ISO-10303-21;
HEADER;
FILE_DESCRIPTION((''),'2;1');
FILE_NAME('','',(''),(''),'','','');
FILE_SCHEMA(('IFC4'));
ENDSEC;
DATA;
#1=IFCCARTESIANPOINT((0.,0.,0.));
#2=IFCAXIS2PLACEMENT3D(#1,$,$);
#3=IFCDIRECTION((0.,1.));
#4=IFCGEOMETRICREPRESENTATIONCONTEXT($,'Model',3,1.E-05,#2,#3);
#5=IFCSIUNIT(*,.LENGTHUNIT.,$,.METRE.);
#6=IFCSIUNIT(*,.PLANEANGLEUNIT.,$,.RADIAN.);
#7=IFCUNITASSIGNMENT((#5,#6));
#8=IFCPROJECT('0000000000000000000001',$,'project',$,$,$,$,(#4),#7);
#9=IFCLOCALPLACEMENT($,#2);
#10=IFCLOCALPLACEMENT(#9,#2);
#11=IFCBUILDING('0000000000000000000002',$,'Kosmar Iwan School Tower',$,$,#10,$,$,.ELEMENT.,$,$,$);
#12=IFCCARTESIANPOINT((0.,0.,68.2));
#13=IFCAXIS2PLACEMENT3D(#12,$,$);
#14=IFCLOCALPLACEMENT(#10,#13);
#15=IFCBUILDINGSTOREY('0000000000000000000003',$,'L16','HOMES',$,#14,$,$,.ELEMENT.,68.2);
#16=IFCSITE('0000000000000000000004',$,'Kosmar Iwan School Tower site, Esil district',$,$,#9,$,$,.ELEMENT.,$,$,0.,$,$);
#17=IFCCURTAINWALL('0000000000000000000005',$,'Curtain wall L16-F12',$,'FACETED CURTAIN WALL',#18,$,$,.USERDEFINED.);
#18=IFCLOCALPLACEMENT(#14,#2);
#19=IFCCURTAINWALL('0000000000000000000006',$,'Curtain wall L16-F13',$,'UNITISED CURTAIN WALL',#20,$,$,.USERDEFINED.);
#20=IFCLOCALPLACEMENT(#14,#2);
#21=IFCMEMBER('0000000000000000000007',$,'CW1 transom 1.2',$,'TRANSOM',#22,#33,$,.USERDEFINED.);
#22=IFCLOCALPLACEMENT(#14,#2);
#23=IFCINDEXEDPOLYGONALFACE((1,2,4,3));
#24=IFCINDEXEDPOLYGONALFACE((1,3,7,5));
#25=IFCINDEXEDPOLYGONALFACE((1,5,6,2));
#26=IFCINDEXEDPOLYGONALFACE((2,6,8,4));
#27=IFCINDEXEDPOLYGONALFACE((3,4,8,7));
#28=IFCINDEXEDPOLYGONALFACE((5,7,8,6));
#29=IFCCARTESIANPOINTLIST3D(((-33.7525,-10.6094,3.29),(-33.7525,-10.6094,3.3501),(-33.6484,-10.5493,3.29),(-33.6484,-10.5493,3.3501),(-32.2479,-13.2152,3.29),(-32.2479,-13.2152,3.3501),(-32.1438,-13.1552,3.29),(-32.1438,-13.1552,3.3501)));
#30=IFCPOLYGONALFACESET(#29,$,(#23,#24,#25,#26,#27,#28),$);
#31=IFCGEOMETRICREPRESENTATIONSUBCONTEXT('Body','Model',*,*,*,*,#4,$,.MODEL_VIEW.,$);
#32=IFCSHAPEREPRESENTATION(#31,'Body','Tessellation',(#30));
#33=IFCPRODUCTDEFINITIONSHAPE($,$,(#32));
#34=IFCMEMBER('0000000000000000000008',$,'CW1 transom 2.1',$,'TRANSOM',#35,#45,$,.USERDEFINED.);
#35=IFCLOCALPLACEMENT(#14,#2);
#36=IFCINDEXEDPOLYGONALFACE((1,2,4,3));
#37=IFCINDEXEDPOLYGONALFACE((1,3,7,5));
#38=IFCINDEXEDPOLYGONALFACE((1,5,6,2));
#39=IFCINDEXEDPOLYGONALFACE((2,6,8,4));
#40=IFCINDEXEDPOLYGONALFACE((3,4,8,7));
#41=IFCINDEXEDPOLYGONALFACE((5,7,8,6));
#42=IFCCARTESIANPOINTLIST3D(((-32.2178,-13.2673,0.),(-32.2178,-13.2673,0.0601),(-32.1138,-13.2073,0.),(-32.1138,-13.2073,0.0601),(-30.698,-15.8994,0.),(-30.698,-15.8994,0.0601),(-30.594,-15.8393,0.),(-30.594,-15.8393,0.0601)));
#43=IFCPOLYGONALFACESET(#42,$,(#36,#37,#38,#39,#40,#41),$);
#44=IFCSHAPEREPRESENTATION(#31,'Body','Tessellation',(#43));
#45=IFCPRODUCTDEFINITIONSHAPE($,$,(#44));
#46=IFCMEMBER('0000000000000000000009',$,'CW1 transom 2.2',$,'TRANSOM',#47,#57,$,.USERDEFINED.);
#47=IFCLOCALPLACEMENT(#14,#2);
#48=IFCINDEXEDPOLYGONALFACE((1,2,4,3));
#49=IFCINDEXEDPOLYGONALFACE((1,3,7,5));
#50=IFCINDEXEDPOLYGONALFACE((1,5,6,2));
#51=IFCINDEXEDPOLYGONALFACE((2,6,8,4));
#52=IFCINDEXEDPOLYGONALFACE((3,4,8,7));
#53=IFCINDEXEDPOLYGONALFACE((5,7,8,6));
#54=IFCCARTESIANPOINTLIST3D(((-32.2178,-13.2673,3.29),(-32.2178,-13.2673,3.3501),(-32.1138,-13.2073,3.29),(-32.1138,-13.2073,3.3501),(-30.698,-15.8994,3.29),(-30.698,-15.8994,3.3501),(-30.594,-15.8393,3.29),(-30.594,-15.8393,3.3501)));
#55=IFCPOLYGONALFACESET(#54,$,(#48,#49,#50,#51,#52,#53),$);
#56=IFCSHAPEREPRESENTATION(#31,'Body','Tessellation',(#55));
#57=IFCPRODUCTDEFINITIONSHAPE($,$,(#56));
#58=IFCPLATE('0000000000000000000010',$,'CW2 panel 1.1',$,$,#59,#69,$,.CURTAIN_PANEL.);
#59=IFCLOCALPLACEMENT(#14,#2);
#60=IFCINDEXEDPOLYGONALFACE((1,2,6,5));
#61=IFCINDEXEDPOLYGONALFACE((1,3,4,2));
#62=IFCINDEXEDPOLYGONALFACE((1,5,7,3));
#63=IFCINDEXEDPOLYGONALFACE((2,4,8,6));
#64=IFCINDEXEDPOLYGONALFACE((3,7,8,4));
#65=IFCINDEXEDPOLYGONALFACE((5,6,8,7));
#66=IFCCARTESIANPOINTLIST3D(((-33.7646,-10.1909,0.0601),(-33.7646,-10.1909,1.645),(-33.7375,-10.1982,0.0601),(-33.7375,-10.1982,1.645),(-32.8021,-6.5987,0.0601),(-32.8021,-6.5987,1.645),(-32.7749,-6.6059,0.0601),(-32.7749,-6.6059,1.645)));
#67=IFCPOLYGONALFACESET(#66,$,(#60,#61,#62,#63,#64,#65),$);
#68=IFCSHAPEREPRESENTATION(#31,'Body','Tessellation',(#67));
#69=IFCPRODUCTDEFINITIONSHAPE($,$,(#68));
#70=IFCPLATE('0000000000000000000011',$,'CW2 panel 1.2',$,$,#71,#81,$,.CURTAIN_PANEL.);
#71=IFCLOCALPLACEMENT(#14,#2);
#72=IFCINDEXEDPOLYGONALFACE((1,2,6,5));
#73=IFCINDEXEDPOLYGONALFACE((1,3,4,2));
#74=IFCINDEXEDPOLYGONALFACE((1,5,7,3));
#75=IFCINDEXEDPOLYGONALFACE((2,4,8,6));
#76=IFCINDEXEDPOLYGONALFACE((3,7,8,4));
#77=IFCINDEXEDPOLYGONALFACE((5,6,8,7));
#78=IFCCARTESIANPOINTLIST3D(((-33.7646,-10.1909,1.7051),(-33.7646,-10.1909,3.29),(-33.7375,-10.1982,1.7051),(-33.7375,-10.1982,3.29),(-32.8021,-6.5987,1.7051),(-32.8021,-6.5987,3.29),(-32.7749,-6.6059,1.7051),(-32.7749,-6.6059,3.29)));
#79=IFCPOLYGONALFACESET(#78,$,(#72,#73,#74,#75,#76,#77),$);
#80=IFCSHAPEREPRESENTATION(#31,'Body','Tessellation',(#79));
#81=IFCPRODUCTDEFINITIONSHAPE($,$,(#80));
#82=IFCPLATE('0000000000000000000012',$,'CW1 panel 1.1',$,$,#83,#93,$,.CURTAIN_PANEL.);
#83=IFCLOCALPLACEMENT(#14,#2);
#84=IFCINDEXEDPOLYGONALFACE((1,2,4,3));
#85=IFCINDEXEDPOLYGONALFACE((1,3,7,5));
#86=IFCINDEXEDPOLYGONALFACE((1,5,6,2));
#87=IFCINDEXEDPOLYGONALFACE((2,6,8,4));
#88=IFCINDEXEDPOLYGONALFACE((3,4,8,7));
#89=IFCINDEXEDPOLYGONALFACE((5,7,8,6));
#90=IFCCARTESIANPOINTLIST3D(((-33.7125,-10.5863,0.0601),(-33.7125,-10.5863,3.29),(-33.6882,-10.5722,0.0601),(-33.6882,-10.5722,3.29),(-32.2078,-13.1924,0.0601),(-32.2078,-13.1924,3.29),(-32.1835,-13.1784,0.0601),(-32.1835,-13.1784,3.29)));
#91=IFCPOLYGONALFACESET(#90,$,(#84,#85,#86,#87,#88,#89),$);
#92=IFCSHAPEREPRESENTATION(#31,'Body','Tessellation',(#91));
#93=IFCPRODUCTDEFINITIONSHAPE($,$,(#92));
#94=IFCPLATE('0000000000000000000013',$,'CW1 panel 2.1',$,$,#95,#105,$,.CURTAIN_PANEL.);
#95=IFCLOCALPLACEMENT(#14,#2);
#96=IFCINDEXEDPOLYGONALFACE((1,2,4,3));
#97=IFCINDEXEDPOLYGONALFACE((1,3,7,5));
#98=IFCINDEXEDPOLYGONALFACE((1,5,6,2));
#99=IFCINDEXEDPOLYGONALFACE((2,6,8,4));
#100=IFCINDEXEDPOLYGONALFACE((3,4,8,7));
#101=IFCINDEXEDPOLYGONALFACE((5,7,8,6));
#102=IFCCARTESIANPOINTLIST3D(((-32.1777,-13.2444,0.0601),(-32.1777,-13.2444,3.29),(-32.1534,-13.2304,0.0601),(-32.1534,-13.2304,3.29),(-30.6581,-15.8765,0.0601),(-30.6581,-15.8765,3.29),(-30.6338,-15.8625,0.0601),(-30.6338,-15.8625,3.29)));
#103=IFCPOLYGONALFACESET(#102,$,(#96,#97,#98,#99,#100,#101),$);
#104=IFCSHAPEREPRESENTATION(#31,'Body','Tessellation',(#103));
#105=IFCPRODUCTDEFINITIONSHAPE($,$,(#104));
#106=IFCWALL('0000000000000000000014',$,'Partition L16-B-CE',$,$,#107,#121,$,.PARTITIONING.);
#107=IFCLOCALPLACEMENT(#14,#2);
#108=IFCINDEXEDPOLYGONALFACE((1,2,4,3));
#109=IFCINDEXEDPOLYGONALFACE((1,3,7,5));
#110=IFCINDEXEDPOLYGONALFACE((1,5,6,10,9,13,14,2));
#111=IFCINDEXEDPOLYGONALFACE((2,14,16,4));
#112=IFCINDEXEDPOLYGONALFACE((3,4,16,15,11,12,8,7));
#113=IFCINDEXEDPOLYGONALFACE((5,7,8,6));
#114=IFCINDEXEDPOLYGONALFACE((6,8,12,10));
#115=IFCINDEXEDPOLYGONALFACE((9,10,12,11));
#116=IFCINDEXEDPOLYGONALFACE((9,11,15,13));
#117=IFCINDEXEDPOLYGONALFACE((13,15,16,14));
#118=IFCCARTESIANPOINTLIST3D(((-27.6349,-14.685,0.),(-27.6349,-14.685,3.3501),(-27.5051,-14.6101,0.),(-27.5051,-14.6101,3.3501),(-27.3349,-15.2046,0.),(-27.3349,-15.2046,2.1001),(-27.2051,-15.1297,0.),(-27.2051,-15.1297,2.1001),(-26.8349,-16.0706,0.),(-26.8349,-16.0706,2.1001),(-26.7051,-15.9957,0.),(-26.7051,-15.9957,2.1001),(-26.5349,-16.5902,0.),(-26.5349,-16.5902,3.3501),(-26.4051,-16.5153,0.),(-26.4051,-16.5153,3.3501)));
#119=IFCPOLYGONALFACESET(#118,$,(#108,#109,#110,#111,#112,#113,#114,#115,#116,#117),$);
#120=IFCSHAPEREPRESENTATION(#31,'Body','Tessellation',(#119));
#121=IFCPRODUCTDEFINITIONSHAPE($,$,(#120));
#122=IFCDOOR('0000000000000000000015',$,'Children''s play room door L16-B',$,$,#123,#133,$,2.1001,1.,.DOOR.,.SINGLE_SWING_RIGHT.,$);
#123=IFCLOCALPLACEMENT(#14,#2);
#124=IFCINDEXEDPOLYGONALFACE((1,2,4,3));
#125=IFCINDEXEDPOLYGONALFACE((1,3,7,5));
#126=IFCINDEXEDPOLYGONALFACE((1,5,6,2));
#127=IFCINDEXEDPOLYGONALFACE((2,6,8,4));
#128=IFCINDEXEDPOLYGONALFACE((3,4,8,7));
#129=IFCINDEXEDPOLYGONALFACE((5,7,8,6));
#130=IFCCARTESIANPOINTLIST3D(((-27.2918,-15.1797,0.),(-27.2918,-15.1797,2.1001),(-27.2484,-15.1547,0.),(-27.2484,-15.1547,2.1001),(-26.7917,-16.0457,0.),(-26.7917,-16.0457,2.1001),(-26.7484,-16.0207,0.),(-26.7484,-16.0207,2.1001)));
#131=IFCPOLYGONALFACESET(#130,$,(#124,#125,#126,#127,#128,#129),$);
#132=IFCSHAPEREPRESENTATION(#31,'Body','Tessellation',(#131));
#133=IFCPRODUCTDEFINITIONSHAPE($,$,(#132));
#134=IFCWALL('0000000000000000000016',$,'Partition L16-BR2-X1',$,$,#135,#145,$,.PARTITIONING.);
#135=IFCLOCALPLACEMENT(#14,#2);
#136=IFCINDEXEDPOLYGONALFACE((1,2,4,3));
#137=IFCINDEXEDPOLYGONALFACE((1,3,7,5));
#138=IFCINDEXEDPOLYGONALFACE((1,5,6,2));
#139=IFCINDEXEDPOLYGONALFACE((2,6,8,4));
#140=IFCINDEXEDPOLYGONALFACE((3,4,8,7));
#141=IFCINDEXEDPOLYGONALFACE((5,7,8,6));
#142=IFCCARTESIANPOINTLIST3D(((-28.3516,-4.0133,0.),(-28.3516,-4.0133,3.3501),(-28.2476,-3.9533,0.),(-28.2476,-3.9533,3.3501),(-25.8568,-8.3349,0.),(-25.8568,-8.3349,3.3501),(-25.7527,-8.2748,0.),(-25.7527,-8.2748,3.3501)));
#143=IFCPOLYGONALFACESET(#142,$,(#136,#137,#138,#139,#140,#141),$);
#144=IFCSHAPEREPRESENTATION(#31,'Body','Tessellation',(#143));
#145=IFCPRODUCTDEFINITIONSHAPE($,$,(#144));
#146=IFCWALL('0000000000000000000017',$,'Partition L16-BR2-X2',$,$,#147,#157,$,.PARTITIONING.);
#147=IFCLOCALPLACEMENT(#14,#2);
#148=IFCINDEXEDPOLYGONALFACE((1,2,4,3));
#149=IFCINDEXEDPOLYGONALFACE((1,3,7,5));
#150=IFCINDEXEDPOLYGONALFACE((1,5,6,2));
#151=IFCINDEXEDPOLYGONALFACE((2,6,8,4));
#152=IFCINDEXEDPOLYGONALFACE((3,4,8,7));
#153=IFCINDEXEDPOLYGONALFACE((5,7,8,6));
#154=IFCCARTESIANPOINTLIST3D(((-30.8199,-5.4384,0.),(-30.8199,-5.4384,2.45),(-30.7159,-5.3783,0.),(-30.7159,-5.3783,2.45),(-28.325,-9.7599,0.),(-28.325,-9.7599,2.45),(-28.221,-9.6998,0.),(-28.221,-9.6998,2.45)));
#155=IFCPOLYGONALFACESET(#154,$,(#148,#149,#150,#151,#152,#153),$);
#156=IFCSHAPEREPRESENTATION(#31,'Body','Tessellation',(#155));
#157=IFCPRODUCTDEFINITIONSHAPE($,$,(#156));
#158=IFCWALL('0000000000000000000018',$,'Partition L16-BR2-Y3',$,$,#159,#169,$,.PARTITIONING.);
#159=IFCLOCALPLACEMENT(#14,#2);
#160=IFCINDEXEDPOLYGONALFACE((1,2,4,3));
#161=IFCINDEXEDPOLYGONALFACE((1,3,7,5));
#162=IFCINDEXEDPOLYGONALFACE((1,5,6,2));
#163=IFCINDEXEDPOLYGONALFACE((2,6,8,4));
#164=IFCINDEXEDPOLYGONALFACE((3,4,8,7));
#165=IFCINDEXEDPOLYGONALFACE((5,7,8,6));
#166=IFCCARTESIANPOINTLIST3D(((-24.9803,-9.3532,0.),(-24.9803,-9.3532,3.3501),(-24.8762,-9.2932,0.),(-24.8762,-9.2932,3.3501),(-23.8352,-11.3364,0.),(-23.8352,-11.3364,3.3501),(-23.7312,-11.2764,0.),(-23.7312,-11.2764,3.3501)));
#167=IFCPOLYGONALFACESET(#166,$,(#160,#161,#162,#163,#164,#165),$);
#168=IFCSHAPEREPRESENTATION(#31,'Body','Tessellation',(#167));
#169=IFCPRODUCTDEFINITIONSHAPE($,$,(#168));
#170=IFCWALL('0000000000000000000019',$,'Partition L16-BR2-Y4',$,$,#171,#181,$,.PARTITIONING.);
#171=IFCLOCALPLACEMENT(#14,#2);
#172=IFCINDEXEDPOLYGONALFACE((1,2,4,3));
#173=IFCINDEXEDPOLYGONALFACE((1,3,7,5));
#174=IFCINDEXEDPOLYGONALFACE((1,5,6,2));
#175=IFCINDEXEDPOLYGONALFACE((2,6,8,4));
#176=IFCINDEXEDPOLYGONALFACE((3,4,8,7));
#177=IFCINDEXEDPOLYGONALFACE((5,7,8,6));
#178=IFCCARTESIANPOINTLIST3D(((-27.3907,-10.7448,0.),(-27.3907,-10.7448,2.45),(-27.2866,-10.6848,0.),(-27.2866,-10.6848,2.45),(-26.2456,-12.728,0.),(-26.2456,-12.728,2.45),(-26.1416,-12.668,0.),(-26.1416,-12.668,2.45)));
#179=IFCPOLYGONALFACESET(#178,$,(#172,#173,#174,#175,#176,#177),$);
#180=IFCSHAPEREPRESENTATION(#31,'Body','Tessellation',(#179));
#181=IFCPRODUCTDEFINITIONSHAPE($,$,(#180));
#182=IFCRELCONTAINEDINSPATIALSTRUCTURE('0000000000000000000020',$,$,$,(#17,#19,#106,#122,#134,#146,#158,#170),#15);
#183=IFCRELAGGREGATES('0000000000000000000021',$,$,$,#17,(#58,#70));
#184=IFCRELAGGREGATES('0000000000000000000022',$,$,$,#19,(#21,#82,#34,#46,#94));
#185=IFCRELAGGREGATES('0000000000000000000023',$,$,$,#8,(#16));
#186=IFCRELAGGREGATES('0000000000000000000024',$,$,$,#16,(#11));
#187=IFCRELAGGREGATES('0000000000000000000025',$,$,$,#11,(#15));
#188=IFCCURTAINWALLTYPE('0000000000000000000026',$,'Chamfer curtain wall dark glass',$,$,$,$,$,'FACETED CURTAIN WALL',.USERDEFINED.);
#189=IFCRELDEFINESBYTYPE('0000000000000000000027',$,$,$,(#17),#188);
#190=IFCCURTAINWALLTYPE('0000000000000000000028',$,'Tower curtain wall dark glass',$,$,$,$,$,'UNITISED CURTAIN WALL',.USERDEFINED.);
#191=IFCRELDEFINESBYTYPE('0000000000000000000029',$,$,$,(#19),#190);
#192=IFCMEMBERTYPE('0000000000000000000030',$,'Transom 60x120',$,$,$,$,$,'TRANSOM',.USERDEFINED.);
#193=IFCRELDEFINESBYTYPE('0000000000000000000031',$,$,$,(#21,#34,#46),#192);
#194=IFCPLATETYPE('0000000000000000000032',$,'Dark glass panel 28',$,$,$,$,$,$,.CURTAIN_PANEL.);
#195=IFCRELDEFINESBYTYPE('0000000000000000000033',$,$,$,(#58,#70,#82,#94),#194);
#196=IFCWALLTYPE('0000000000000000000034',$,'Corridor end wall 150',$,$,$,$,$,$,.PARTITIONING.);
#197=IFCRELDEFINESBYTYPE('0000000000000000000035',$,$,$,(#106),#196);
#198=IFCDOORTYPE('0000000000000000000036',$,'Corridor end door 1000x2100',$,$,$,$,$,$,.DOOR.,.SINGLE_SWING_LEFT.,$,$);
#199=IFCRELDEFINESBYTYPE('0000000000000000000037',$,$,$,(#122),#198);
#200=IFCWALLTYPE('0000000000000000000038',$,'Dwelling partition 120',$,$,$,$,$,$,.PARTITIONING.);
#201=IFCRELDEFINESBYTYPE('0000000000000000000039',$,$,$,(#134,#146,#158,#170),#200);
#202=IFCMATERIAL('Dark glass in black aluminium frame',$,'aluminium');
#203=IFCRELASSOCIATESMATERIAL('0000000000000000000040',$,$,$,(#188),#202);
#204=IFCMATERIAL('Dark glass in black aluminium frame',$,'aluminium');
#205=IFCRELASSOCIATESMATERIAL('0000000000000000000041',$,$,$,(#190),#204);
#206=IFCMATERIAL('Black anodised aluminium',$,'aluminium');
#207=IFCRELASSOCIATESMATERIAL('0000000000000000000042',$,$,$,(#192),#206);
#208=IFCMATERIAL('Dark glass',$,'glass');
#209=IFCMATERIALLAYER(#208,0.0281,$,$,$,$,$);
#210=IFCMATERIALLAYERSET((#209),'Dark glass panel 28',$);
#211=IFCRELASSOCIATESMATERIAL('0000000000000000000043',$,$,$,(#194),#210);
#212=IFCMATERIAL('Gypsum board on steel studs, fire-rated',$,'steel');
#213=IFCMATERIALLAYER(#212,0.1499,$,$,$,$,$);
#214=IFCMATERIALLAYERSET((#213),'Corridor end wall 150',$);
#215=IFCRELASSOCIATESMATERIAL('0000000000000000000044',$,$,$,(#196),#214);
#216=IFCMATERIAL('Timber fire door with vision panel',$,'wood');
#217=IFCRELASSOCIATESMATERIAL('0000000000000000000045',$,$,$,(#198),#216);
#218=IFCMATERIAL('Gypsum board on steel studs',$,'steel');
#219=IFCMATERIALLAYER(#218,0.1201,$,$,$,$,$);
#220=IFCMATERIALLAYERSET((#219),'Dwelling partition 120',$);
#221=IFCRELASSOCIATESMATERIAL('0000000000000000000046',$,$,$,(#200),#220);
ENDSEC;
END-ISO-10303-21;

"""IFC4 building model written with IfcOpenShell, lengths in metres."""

from ifc_helpers import new_model, si_unit, direction, frame, frame_2d, origin, origin_2d, place, context, subcontext, project, spatial, rectangle, extrude, material, layer, layer_set, material_profile, profile_set, type_object, element, fill, aggregate, save


model = new_model("IFC4")

# Units and contexts
model_context = context("Model", 3, precision=1e-05, world=origin(), true_north=direction((0.0, 1.0)))
body_context = subcontext(model_context, "Body", "Model", "MODEL_VIEW")
ifc_project = project(units=[si_unit("LENGTHUNIT", "METRE"), si_unit("PLANEANGLEUNIT", "RADIAN")], contexts=[model_context])

# Site, building, storey
site_placement = place(None, origin())
site = spatial("IfcSite", under=ifc_project, at=site_placement, Name="Kosmar Iwan School Tower site, Esil district", CompositionType="ELEMENT", RefElevation=0.0)
building_placement = place(site_placement, origin())
building = spatial("IfcBuilding", under=site, at=building_placement, Name="Kosmar Iwan School Tower", CompositionType="ELEMENT")
storey_placement = place(building_placement, frame((0.0, 0.0, 68.2)))
storey = spatial("IfcBuildingStorey", under=building, at=storey_placement, Name="L16", Description="HOMES", CompositionType="ELEMENT", Elevation=68.2)

# Curtain walls
ifc_material_1 = material(Name="Dark glass in black aluminium frame", Category="aluminium")
curtain_wall_type_1 = type_object("IfcCurtainWallType", Name="Chamfer curtain wall dark glass", ElementType="FACETED CURTAIN WALL", PredefinedType="USERDEFINED", material=ifc_material_1)
curtain_wall_1_placement = place(storey_placement, origin())
curtain_wall_1 = element("IfcCurtainWall", 1, at=curtain_wall_1_placement, inside=storey, type_object=curtain_wall_type_1, Name="Curtain wall L16-F12", ObjectType="FACETED CURTAIN WALL", PredefinedType="USERDEFINED")
ifc_material_2 = material(Name="Dark glass in black aluminium frame", Category="aluminium")
curtain_wall_type_2 = type_object("IfcCurtainWallType", Name="Tower curtain wall dark glass", ElementType="UNITISED CURTAIN WALL", PredefinedType="USERDEFINED", material=ifc_material_2)
curtain_wall_2_placement = place(storey_placement, origin())
curtain_wall_2 = element("IfcCurtainWall", 2, at=curtain_wall_2_placement, inside=storey, type_object=curtain_wall_type_2, Name="Curtain wall L16-F13", ObjectType="UNITISED CURTAIN WALL", PredefinedType="USERDEFINED")

# Members
ifc_material_3 = material(Name="Black anodised aluminium", Category="aluminium")
ifc_material_profile_1 = material_profile(ifc_material_3, rectangle(XDim=0.1201, YDim=0.0601, at=origin_2d()), Name="TRANSOM 60x120")
ifc_profile_set_1 = profile_set([ifc_material_profile_1], Name="Black anodised aluminium")
member_type_1 = type_object("IfcMemberType", Name="Transom 60x120", ElementType="TRANSOM", PredefinedType="USERDEFINED", material=ifc_profile_set_1)
member_1_placement = place(storey_placement, frame((-33.7004, -10.5793, 3.3201), z_axis=(0.500022, -0.866013, 0.0), x_axis=(0.866013, 0.500022, 0.0)))
member_1 = element("IfcMember", 3, at=member_1_placement, type_object=member_type_1, Name="CW1 transom 1.2", ObjectType="TRANSOM", PredefinedType="USERDEFINED", context=body_context, shape_type="SweptSolid", body=[
    extrude(rectangle(XDim=0.1201, YDim=0.0601, at=origin_2d()), origin(), (0.0, 0.0, 1.0), 3.009),
])
member_2_placement = place(storey_placement, frame((-32.1658, -13.2373, 0.03), z_axis=(0.500035, -0.866005, 0.0), x_axis=(0.866005, 0.500035, 0.0)))
member_2 = element("IfcMember", 4, at=member_2_placement, type_object=member_type_1, Name="CW1 transom 2.1", ObjectType="TRANSOM", PredefinedType="USERDEFINED", context=body_context, shape_type="SweptSolid", body=[
    extrude(rectangle(XDim=0.1201, YDim=0.0601, at=origin_2d()), origin(), (0.0, 0.0, 1.0), 3.0393),
])
member_3_placement = place(storey_placement, frame((-32.1658, -13.2373, 3.3201), z_axis=(0.500035, -0.866005, 0.0), x_axis=(0.866005, 0.500035, 0.0)))
member_3 = element("IfcMember", 5, at=member_3_placement, type_object=member_type_1, Name="CW1 transom 2.2", ObjectType="TRANSOM", PredefinedType="USERDEFINED", context=body_context, shape_type="SweptSolid", body=[
    extrude(rectangle(XDim=0.1201, YDim=0.0601, at=origin_2d()), origin(), (0.0, 0.0, 1.0), 3.0393),
])

# Plates
ifc_material_4 = material(Name="Dark glass", Category="glass")
ifc_layer_1 = layer(ifc_material_4, 0.0281)
ifc_layer_set_1 = layer_set([ifc_layer_1], Name="Dark glass panel 28")
plate_type = type_object("IfcPlateType", Name="Dark glass panel 28", PredefinedType="CURTAIN_PANEL", material=ifc_layer_set_1)
plate_1_placement = place(storey_placement, frame((-33.2698, -8.3984, 0.0601), z_axis=(0.0, 0.0, 1.0), x_axis=(-0.258819, -0.965926, 0.0)))
plate_1 = element("IfcPlate", 6, at=plate_1_placement, type_object=plate_type, Name="CW2 panel 1.1", PredefinedType="CURTAIN_PANEL", context=body_context, shape_type="SweptSolid", body=[
    extrude(rectangle(XDim=3.719, YDim=0.0281, at=origin_2d()), origin(), (0.0, 0.0, 1.0), 1.585),
])
plate_2_placement = place(storey_placement, frame((-33.2698, -8.3984, 1.7051), z_axis=(0.0, 0.0, 1.0), x_axis=(-0.258819, -0.965926, 0.0)))
plate_2 = element("IfcPlate", 7, at=plate_2_placement, type_object=plate_type, Name="CW2 panel 1.2", PredefinedType="CURTAIN_PANEL", context=body_context, shape_type="SweptSolid", body=[
    extrude(rectangle(XDim=3.719, YDim=0.0281, at=origin_2d()), origin(), (0.0, 0.0, 1.0), 1.585),
])
aggregate(curtain_wall_1, [plate_1, plate_2])
plate_3_placement = place(storey_placement, frame((-32.948, -11.8823, 0.0601), z_axis=(0.0, 0.0, 1.0), x_axis=(0.5, -0.866025, 0.0)))
plate_3 = element("IfcPlate", 8, at=plate_3_placement, type_object=plate_type, Name="CW1 panel 1.1", PredefinedType="CURTAIN_PANEL", context=body_context, shape_type="SweptSolid", body=[
    extrude(rectangle(XDim=3.0093, YDim=0.0281, at=origin_2d()), origin(), (0.0, 0.0, 1.0), 3.23),
])
plate_4_placement = place(storey_placement, frame((-31.4058, -14.5535, 0.0601), z_axis=(0.0, 0.0, 1.0), x_axis=(0.5, -0.866025, 0.0)))
plate_4 = element("IfcPlate", 9, at=plate_4_placement, type_object=plate_type, Name="CW1 panel 2.1", PredefinedType="CURTAIN_PANEL", context=body_context, shape_type="SweptSolid", body=[
    extrude(rectangle(XDim=3.0393, YDim=0.0281, at=origin_2d()), origin(), (0.0, 0.0, 1.0), 3.23),
])
aggregate(curtain_wall_2, [member_1, plate_3, member_2, member_3, plate_4])

# Wall, opening, door
ifc_material_5 = material(Name="Gypsum board on steel studs, fire-rated", Category="steel")
ifc_layer_2 = layer(ifc_material_5, 0.1499)
ifc_layer_set_2 = layer_set([ifc_layer_2], Name="Corridor end wall 150")
wall_type_1 = type_object("IfcWallType", Name="Corridor end wall 150", PredefinedType="PARTITIONING", material=ifc_layer_set_2)
wall_1_placement = place(storey_placement, frame((-27.5701, -14.6475, 0.0), z_axis=(0.0, 0.0, 1.0), x_axis=(0.50003, -0.866008, 0.0)))
wall_1 = element("IfcWall", 10, at=wall_1_placement, inside=storey, type_object=wall_type_1, Name="Partition L16-B-CE", PredefinedType="PARTITIONING", context=body_context, shape_type="SweptSolid", body=[
    extrude(rectangle(XDim=2.2, YDim=0.1499, at=frame_2d((1.1001, 0.0))), origin(), (0.0, 0.0, 1.0), 3.3501),
])
opening_placement = place(wall_1_placement, frame((0.6001, 0.0, 0.0)))
opening = element("IfcOpeningElement", 11, at=opening_placement, cuts=wall_1, PredefinedType="OPENING", context=body_context, shape_type="SweptSolid", body=[
    extrude(rectangle(XDim=1.0, YDim=2.1001, at=frame_2d((0.5, 1.05))), frame((0.0, 0.0869, 0.0), z_axis=(0.0, -1.0, 0.0), x_axis=(1.0, 0.0, 0.0)), (0.0, 0.0, 1.0), 0.1738),
])
ifc_material_6 = material(Name="Timber fire door with vision panel", Category="wood")
door_type = type_object("IfcDoorType", Name="Corridor end door 1000x2100", OperationType="SINGLE_SWING_LEFT", PredefinedType="DOOR", material=ifc_material_6)
door_placement = place(opening_placement, origin())
door = element("IfcDoor", 12, at=door_placement, inside=storey, type_object=door_type, Name="Children's play room door L16-B", OperationType="SINGLE_SWING_RIGHT", OverallHeight=2.1001, OverallWidth=1.0, PredefinedType="DOOR", context=body_context, shape_type="SweptSolid", body=[
    extrude(rectangle(XDim=1.0, YDim=2.1001, at=frame_2d((0.5, 1.05))), frame((0.0, 0.0249, 0.0), z_axis=(0.0, -1.0, 0.0), x_axis=(1.0, 0.0, 0.0)), (0.0, 0.0, 1.0), 0.05),
])
fill(opening, door)

# Walls
ifc_material_7 = material(Name="Gypsum board on steel studs", Category="steel")
ifc_layer_3 = layer(ifc_material_7, 0.1201)
ifc_layer_set_3 = layer_set([ifc_layer_3], Name="Dwelling partition 120")
wall_type_2 = type_object("IfcWallType", Name="Dwelling partition 120", PredefinedType="PARTITIONING", material=ifc_layer_set_3)
wall_2_placement = place(storey_placement, frame((-25.8047, -8.3049, 0.0), z_axis=(0.0, 0.0, 1.0), x_axis=(-0.499975, 0.86604, 0.0)))
element("IfcWall", 13, at=wall_2_placement, inside=storey, type_object=wall_type_2, Name="Partition L16-BR2-X1", PredefinedType="PARTITIONING", context=body_context, shape_type="SweptSolid", body=[
    extrude(rectangle(XDim=4.99, YDim=0.1201, at=frame_2d((2.4951, 0.0))), origin(), (0.0, 0.0, 1.0), 3.3501),
])
wall_3_placement = place(storey_placement, frame((-28.2729, -9.73, 0.0), z_axis=(0.0, 0.0, 1.0), x_axis=(-0.499975, 0.86604, 0.0)))
element("IfcWall", 14, at=wall_3_placement, inside=storey, type_object=wall_type_2, Name="Partition L16-BR2-X2", PredefinedType="PARTITIONING", context=body_context, shape_type="SweptSolid", body=[
    extrude(rectangle(XDim=4.99, YDim=0.1201, at=frame_2d((2.4951, 0.0))), origin(), (0.0, 0.0, 1.0), 2.45),
])
wall_4_placement = place(storey_placement, frame((-23.7832, -11.3064, 0.0), z_axis=(0.0, 0.0, 1.0), x_axis=(-0.500015, 0.866017, 0.0)))
element("IfcWall", 15, at=wall_4_placement, inside=storey, type_object=wall_type_2, Name="Partition L16-BR2-Y3", PredefinedType="PARTITIONING", context=body_context, shape_type="SweptSolid", body=[
    extrude(rectangle(XDim=2.29, YDim=0.1201, at=frame_2d((1.145, 0.0))), origin(), (0.0, 0.0, 1.0), 3.3501),
])
wall_5_placement = place(storey_placement, frame((-26.1936, -12.698, 0.0), z_axis=(0.0, 0.0, 1.0), x_axis=(-0.500015, 0.866017, 0.0)))
element("IfcWall", 16, at=wall_5_placement, inside=storey, type_object=wall_type_2, Name="Partition L16-BR2-Y4", PredefinedType="PARTITIONING", context=body_context, shape_type="SweptSolid", body=[
    extrude(rectangle(XDim=2.29, YDim=0.1201, at=frame_2d((1.145, 0.0))), origin(), (0.0, 0.0, 1.0), 2.45),
])

save(model, "model.ifc")
